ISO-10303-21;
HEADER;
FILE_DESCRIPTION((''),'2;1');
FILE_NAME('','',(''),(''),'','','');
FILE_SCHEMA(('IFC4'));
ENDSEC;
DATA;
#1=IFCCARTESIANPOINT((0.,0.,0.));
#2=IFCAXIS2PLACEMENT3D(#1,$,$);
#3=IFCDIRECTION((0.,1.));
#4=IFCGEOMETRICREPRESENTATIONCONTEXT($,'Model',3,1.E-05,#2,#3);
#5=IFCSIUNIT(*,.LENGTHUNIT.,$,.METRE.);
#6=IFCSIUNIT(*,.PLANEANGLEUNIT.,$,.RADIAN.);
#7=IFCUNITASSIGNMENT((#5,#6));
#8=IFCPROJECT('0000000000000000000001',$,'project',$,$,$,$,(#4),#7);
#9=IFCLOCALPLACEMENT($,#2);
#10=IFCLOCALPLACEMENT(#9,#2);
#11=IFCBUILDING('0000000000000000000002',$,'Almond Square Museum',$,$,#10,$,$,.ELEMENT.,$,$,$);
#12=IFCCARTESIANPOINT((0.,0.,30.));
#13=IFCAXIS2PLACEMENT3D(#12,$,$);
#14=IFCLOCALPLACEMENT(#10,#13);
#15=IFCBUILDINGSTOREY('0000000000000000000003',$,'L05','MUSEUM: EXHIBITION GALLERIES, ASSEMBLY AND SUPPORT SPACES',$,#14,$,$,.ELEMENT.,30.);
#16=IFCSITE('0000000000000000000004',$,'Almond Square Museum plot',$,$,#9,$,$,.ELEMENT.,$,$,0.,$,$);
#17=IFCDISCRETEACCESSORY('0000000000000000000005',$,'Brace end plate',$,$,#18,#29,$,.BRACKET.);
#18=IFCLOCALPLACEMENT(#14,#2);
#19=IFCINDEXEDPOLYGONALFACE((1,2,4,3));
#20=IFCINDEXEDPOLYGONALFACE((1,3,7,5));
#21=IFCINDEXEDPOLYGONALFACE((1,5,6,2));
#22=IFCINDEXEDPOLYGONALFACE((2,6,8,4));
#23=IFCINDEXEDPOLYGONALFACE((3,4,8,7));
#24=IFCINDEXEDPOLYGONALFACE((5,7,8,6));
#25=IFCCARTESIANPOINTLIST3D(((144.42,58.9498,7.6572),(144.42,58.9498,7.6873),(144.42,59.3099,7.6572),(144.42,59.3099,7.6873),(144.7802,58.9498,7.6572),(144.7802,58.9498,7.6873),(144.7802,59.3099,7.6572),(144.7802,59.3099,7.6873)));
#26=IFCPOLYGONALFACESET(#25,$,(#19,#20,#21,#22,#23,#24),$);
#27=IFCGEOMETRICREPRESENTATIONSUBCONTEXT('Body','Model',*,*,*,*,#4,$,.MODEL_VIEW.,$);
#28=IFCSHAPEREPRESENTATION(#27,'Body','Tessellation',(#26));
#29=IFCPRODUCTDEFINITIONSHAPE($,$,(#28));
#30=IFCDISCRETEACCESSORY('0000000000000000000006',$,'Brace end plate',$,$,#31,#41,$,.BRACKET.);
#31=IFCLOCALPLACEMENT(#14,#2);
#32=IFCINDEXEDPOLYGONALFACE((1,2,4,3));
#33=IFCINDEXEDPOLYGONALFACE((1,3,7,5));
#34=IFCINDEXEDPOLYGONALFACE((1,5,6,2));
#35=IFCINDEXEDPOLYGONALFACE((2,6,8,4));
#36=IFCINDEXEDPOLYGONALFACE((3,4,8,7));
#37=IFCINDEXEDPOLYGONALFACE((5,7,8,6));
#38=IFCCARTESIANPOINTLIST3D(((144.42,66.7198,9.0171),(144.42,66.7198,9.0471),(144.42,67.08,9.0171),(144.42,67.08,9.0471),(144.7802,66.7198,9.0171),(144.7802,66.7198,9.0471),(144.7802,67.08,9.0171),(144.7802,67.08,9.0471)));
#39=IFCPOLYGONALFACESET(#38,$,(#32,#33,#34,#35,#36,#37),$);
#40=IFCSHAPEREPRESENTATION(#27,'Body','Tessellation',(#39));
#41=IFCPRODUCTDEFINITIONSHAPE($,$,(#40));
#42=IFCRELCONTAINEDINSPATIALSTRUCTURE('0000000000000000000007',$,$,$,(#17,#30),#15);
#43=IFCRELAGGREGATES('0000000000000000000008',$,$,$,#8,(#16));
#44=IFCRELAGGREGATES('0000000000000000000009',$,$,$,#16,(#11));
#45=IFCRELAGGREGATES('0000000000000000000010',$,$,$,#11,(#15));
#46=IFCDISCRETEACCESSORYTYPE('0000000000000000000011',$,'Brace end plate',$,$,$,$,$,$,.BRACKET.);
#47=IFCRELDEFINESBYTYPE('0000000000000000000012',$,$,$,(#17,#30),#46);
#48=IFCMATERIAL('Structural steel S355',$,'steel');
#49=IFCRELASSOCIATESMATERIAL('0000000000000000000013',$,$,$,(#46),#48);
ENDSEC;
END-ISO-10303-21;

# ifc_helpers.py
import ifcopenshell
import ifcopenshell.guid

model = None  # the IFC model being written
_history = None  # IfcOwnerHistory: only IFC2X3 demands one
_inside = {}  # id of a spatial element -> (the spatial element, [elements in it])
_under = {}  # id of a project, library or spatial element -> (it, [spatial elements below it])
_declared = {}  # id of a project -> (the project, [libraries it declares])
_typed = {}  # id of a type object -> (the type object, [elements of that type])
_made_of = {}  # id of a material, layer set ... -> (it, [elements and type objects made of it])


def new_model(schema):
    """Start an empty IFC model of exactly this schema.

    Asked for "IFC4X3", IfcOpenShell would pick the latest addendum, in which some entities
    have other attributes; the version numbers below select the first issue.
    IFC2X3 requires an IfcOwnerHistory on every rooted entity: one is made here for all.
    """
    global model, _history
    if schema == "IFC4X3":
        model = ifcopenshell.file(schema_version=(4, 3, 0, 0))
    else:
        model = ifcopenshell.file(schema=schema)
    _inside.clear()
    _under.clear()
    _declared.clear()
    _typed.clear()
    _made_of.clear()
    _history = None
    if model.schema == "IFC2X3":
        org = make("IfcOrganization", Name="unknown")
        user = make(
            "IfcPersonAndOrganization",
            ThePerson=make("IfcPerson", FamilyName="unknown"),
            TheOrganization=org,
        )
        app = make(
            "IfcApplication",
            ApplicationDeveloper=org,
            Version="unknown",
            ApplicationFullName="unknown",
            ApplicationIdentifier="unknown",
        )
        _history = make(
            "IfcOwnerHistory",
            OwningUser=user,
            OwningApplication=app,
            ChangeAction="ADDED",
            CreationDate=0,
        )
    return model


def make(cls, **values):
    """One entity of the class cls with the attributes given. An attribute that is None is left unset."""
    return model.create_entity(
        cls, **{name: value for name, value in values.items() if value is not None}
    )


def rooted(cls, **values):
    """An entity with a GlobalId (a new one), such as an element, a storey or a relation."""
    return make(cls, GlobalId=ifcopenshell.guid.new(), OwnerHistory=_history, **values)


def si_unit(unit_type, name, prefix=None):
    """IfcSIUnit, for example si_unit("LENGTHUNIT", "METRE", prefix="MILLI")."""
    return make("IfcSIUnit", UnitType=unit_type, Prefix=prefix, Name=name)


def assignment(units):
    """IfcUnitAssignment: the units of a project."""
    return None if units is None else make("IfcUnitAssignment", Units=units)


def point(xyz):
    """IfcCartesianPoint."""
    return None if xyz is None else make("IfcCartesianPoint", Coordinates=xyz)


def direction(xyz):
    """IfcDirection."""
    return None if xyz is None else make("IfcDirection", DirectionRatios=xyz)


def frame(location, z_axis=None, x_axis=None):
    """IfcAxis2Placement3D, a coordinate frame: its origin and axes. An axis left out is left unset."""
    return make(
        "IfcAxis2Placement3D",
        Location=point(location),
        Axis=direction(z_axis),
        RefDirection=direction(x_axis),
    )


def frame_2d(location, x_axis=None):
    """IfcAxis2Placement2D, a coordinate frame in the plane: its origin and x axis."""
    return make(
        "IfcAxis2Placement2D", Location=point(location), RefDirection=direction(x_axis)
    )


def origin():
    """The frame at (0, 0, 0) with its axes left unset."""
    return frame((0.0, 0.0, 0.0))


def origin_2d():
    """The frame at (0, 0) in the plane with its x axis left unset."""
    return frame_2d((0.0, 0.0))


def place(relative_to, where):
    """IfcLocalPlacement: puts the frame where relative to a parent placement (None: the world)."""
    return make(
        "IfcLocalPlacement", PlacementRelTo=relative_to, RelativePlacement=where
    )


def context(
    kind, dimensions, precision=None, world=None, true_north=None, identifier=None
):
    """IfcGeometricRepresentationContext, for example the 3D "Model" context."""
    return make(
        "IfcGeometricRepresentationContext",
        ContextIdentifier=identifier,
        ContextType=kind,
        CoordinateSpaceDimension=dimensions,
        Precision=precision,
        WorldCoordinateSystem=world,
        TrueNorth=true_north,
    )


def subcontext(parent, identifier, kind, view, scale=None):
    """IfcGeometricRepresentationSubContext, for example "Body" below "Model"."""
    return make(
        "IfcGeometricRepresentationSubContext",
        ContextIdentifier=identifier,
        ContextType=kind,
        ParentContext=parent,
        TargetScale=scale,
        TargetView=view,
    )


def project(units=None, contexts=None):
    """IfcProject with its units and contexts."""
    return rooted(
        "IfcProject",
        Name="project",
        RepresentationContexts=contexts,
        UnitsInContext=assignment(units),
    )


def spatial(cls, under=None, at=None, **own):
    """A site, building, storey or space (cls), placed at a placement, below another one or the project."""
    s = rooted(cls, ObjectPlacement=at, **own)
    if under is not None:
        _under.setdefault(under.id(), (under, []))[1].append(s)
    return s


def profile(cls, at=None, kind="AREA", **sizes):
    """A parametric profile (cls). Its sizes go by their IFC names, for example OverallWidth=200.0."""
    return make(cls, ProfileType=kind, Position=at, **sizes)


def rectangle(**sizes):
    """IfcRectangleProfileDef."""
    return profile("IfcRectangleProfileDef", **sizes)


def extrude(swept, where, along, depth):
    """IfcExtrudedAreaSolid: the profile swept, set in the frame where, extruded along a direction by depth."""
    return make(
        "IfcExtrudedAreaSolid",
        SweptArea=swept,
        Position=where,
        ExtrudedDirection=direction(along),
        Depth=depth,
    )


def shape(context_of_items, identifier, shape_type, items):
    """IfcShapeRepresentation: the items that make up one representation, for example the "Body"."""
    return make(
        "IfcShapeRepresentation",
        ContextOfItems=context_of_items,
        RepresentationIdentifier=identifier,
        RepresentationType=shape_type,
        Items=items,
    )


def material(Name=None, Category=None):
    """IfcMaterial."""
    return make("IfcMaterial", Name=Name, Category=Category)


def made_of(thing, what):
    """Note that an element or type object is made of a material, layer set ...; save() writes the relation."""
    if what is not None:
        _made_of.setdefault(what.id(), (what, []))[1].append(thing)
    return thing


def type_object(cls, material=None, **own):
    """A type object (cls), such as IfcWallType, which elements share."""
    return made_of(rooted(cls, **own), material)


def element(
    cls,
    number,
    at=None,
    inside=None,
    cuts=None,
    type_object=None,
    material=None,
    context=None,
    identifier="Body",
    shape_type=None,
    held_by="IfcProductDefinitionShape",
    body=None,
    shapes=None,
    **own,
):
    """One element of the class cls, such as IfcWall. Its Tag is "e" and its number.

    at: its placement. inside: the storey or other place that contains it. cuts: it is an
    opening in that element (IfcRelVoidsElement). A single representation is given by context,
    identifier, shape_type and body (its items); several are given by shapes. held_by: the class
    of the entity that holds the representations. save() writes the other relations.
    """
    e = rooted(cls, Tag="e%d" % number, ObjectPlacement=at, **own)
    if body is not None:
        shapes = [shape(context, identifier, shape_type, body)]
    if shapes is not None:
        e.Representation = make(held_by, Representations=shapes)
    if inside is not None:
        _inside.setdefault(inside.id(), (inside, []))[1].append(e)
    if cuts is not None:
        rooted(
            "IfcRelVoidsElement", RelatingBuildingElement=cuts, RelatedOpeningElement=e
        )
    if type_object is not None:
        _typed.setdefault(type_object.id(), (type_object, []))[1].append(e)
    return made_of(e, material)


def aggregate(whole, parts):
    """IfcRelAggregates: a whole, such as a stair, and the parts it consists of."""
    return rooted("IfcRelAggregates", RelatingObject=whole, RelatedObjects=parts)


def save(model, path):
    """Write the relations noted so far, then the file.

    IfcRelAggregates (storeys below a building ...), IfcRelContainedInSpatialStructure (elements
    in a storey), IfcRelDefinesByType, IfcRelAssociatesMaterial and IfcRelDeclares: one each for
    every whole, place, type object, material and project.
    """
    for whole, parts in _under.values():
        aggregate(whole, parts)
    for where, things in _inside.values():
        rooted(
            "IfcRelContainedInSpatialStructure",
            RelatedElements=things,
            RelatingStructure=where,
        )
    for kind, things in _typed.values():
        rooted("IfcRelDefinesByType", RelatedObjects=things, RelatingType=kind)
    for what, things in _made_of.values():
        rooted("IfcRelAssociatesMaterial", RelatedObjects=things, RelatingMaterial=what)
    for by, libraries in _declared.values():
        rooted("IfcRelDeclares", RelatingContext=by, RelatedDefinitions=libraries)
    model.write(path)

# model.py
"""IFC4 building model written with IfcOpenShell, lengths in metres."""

from ifc_helpers import new_model, si_unit, direction, frame, origin, origin_2d, place, context, subcontext, project, spatial, rectangle, extrude, material, type_object, element, save


model = new_model("IFC4")

# Units and contexts
model_context = context("Model", 3, precision=1e-05, world=origin(), true_north=direction((0.0, 1.0)))
body_context = subcontext(model_context, "Body", "Model", "MODEL_VIEW")
ifc_project = project(units=[si_unit("LENGTHUNIT", "METRE"), si_unit("PLANEANGLEUNIT", "RADIAN")], contexts=[model_context])

# Site, building, storey
site_placement = place(None, origin())
site = spatial("IfcSite", under=ifc_project, at=site_placement, Name="Almond Square Museum plot", CompositionType="ELEMENT", RefElevation=0.0)
building_placement = place(site_placement, origin())
building = spatial("IfcBuilding", under=site, at=building_placement, Name="Almond Square Museum", CompositionType="ELEMENT")
storey_placement = place(building_placement, frame((0.0, 0.0, 30.0)))
storey = spatial("IfcBuildingStorey", under=building, at=storey_placement, Name="L05", Description="MUSEUM: EXHIBITION GALLERIES, ASSEMBLY AND SUPPORT SPACES", CompositionType="ELEMENT", Elevation=30.0)

# Discrete accessories
ifc_material_1 = material(Name="Structural steel S355", Category="steel")
discrete_accessory_type_1 = type_object("IfcDiscreteAccessoryType", Name="Brace end plate", PredefinedType="BRACKET", material=ifc_material_1)
for number, where, z_axis, x_axis, name in (
    (1, (144.6001, 59.1299, 7.6572), (0.0, 0.0, 1.0), (1.0, 0.0, 0.0), "Brace end plate"),
    (2, (144.6001, 66.8999, 9.0171), (0.0, 0.0, 1.0), (1.0, 0.0, 0.0), "Brace end plate"),
):
    element("IfcDiscreteAccessory", number, at=place(storey_placement, frame(where, z_axis=z_axis, x_axis=x_axis)), inside=storey, type_object=discrete_accessory_type_1, Name=name, PredefinedType="BRACKET", context=body_context, shape_type="SweptSolid", body=[
        extrude(rectangle(XDim=0.3601, YDim=0.3601, at=origin_2d()), origin(), (0.0, 0.0, 1.0), 0.03),
    ])

save(model, "model.ifc")
